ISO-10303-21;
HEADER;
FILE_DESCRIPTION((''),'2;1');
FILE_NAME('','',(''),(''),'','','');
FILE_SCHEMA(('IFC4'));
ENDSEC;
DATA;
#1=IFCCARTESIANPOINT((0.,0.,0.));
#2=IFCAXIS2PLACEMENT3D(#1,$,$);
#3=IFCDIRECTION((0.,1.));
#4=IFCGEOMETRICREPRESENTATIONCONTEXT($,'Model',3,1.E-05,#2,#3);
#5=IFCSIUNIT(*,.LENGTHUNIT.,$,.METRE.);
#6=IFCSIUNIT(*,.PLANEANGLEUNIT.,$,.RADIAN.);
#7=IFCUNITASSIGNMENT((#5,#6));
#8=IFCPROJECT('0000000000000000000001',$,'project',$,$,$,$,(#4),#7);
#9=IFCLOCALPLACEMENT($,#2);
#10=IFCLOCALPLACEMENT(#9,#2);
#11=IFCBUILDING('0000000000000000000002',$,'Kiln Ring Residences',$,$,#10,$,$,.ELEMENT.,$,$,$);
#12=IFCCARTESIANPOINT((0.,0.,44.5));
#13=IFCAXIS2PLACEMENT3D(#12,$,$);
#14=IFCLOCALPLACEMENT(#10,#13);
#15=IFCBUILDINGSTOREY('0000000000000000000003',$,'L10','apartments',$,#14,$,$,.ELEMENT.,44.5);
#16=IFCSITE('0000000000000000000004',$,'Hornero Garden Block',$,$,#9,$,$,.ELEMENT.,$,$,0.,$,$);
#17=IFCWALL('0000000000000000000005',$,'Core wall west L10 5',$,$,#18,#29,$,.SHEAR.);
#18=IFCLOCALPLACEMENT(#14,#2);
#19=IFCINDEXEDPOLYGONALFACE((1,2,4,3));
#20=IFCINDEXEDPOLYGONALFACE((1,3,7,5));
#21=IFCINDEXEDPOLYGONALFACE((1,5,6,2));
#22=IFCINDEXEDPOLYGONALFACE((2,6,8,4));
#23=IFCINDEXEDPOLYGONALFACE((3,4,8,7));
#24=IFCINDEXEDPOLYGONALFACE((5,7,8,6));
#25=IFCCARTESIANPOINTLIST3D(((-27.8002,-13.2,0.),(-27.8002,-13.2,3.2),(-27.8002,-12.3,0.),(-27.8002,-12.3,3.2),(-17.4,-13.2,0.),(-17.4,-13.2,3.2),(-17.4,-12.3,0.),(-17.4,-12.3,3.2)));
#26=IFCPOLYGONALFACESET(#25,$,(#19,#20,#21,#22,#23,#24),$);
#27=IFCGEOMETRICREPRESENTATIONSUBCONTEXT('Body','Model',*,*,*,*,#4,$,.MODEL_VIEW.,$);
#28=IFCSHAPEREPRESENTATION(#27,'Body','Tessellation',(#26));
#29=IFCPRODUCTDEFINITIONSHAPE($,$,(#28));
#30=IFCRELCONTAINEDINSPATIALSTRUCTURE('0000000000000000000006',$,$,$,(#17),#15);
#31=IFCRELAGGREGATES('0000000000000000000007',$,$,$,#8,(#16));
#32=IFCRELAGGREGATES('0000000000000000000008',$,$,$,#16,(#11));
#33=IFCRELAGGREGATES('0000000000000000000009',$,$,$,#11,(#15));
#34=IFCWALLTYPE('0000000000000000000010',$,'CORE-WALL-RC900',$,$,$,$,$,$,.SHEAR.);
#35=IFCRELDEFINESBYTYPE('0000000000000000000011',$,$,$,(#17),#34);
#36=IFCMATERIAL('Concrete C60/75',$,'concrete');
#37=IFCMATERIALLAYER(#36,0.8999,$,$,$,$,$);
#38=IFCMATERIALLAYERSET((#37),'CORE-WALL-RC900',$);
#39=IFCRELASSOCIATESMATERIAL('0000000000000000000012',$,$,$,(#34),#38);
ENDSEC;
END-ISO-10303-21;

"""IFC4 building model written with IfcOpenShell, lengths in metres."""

from ifc_helpers import new_model, si_unit, direction, frame, frame_2d, origin, place, context, subcontext, project, spatial, rectangle, extrude, material, layer, layer_set, type_object, element, save


model = new_model("IFC4")

# Units and contexts
model_context = context("Model", 3, precision=1e-05, world=origin(), true_north=direction((0.0, 1.0)))
body_context = subcontext(model_context, "Body", "Model", "MODEL_VIEW")
ifc_project = project(units=[si_unit("LENGTHUNIT", "METRE"), si_unit("PLANEANGLEUNIT", "RADIAN")], contexts=[model_context])

# Site, building, storey
site_placement = place(None, origin())
site = spatial("IfcSite", under=ifc_project, at=site_placement, Name="Hornero Garden Block", CompositionType="ELEMENT", RefElevation=0.0)
building_placement = place(site_placement, origin())
building = spatial("IfcBuilding", under=site, at=building_placement, Name="Kiln Ring Residences", CompositionType="ELEMENT")
storey_placement = place(building_placement, frame((0.0, 0.0, 44.5)))
storey = spatial("IfcBuildingStorey", under=building, at=storey_placement, Name="L10", Description="apartments", CompositionType="ELEMENT", Elevation=44.5)

# Wall
ifc_material_1 = material(Name="Concrete C60/75", Category="concrete")
ifc_layer_1 = layer(ifc_material_1, 0.8999)
ifc_layer_set_1 = layer_set([ifc_layer_1], Name="CORE-WALL-RC900")
wall_type_1 = type_object("IfcWallType", Name="CORE-WALL-RC900", PredefinedType="SHEAR", material=ifc_layer_set_1)
wall_1_placement = place(storey_placement, frame((-17.3999, -12.75, 0.0), z_axis=(0.0, 0.0, 1.0), x_axis=(-1.0, 0.0, 0.0)))
element("IfcWall", 1, at=wall_1_placement, inside=storey, type_object=wall_type_1, Name="Core wall west L10 5", PredefinedType="SHEAR", context=body_context, shape_type="SweptSolid", body=[
    extrude(rectangle(XDim=10.4001, YDim=0.8999, at=frame_2d((5.2002, 0.0))), origin(), (0.0, 0.0, 1.0), 3.2),
])

save(model, "model.ifc")
